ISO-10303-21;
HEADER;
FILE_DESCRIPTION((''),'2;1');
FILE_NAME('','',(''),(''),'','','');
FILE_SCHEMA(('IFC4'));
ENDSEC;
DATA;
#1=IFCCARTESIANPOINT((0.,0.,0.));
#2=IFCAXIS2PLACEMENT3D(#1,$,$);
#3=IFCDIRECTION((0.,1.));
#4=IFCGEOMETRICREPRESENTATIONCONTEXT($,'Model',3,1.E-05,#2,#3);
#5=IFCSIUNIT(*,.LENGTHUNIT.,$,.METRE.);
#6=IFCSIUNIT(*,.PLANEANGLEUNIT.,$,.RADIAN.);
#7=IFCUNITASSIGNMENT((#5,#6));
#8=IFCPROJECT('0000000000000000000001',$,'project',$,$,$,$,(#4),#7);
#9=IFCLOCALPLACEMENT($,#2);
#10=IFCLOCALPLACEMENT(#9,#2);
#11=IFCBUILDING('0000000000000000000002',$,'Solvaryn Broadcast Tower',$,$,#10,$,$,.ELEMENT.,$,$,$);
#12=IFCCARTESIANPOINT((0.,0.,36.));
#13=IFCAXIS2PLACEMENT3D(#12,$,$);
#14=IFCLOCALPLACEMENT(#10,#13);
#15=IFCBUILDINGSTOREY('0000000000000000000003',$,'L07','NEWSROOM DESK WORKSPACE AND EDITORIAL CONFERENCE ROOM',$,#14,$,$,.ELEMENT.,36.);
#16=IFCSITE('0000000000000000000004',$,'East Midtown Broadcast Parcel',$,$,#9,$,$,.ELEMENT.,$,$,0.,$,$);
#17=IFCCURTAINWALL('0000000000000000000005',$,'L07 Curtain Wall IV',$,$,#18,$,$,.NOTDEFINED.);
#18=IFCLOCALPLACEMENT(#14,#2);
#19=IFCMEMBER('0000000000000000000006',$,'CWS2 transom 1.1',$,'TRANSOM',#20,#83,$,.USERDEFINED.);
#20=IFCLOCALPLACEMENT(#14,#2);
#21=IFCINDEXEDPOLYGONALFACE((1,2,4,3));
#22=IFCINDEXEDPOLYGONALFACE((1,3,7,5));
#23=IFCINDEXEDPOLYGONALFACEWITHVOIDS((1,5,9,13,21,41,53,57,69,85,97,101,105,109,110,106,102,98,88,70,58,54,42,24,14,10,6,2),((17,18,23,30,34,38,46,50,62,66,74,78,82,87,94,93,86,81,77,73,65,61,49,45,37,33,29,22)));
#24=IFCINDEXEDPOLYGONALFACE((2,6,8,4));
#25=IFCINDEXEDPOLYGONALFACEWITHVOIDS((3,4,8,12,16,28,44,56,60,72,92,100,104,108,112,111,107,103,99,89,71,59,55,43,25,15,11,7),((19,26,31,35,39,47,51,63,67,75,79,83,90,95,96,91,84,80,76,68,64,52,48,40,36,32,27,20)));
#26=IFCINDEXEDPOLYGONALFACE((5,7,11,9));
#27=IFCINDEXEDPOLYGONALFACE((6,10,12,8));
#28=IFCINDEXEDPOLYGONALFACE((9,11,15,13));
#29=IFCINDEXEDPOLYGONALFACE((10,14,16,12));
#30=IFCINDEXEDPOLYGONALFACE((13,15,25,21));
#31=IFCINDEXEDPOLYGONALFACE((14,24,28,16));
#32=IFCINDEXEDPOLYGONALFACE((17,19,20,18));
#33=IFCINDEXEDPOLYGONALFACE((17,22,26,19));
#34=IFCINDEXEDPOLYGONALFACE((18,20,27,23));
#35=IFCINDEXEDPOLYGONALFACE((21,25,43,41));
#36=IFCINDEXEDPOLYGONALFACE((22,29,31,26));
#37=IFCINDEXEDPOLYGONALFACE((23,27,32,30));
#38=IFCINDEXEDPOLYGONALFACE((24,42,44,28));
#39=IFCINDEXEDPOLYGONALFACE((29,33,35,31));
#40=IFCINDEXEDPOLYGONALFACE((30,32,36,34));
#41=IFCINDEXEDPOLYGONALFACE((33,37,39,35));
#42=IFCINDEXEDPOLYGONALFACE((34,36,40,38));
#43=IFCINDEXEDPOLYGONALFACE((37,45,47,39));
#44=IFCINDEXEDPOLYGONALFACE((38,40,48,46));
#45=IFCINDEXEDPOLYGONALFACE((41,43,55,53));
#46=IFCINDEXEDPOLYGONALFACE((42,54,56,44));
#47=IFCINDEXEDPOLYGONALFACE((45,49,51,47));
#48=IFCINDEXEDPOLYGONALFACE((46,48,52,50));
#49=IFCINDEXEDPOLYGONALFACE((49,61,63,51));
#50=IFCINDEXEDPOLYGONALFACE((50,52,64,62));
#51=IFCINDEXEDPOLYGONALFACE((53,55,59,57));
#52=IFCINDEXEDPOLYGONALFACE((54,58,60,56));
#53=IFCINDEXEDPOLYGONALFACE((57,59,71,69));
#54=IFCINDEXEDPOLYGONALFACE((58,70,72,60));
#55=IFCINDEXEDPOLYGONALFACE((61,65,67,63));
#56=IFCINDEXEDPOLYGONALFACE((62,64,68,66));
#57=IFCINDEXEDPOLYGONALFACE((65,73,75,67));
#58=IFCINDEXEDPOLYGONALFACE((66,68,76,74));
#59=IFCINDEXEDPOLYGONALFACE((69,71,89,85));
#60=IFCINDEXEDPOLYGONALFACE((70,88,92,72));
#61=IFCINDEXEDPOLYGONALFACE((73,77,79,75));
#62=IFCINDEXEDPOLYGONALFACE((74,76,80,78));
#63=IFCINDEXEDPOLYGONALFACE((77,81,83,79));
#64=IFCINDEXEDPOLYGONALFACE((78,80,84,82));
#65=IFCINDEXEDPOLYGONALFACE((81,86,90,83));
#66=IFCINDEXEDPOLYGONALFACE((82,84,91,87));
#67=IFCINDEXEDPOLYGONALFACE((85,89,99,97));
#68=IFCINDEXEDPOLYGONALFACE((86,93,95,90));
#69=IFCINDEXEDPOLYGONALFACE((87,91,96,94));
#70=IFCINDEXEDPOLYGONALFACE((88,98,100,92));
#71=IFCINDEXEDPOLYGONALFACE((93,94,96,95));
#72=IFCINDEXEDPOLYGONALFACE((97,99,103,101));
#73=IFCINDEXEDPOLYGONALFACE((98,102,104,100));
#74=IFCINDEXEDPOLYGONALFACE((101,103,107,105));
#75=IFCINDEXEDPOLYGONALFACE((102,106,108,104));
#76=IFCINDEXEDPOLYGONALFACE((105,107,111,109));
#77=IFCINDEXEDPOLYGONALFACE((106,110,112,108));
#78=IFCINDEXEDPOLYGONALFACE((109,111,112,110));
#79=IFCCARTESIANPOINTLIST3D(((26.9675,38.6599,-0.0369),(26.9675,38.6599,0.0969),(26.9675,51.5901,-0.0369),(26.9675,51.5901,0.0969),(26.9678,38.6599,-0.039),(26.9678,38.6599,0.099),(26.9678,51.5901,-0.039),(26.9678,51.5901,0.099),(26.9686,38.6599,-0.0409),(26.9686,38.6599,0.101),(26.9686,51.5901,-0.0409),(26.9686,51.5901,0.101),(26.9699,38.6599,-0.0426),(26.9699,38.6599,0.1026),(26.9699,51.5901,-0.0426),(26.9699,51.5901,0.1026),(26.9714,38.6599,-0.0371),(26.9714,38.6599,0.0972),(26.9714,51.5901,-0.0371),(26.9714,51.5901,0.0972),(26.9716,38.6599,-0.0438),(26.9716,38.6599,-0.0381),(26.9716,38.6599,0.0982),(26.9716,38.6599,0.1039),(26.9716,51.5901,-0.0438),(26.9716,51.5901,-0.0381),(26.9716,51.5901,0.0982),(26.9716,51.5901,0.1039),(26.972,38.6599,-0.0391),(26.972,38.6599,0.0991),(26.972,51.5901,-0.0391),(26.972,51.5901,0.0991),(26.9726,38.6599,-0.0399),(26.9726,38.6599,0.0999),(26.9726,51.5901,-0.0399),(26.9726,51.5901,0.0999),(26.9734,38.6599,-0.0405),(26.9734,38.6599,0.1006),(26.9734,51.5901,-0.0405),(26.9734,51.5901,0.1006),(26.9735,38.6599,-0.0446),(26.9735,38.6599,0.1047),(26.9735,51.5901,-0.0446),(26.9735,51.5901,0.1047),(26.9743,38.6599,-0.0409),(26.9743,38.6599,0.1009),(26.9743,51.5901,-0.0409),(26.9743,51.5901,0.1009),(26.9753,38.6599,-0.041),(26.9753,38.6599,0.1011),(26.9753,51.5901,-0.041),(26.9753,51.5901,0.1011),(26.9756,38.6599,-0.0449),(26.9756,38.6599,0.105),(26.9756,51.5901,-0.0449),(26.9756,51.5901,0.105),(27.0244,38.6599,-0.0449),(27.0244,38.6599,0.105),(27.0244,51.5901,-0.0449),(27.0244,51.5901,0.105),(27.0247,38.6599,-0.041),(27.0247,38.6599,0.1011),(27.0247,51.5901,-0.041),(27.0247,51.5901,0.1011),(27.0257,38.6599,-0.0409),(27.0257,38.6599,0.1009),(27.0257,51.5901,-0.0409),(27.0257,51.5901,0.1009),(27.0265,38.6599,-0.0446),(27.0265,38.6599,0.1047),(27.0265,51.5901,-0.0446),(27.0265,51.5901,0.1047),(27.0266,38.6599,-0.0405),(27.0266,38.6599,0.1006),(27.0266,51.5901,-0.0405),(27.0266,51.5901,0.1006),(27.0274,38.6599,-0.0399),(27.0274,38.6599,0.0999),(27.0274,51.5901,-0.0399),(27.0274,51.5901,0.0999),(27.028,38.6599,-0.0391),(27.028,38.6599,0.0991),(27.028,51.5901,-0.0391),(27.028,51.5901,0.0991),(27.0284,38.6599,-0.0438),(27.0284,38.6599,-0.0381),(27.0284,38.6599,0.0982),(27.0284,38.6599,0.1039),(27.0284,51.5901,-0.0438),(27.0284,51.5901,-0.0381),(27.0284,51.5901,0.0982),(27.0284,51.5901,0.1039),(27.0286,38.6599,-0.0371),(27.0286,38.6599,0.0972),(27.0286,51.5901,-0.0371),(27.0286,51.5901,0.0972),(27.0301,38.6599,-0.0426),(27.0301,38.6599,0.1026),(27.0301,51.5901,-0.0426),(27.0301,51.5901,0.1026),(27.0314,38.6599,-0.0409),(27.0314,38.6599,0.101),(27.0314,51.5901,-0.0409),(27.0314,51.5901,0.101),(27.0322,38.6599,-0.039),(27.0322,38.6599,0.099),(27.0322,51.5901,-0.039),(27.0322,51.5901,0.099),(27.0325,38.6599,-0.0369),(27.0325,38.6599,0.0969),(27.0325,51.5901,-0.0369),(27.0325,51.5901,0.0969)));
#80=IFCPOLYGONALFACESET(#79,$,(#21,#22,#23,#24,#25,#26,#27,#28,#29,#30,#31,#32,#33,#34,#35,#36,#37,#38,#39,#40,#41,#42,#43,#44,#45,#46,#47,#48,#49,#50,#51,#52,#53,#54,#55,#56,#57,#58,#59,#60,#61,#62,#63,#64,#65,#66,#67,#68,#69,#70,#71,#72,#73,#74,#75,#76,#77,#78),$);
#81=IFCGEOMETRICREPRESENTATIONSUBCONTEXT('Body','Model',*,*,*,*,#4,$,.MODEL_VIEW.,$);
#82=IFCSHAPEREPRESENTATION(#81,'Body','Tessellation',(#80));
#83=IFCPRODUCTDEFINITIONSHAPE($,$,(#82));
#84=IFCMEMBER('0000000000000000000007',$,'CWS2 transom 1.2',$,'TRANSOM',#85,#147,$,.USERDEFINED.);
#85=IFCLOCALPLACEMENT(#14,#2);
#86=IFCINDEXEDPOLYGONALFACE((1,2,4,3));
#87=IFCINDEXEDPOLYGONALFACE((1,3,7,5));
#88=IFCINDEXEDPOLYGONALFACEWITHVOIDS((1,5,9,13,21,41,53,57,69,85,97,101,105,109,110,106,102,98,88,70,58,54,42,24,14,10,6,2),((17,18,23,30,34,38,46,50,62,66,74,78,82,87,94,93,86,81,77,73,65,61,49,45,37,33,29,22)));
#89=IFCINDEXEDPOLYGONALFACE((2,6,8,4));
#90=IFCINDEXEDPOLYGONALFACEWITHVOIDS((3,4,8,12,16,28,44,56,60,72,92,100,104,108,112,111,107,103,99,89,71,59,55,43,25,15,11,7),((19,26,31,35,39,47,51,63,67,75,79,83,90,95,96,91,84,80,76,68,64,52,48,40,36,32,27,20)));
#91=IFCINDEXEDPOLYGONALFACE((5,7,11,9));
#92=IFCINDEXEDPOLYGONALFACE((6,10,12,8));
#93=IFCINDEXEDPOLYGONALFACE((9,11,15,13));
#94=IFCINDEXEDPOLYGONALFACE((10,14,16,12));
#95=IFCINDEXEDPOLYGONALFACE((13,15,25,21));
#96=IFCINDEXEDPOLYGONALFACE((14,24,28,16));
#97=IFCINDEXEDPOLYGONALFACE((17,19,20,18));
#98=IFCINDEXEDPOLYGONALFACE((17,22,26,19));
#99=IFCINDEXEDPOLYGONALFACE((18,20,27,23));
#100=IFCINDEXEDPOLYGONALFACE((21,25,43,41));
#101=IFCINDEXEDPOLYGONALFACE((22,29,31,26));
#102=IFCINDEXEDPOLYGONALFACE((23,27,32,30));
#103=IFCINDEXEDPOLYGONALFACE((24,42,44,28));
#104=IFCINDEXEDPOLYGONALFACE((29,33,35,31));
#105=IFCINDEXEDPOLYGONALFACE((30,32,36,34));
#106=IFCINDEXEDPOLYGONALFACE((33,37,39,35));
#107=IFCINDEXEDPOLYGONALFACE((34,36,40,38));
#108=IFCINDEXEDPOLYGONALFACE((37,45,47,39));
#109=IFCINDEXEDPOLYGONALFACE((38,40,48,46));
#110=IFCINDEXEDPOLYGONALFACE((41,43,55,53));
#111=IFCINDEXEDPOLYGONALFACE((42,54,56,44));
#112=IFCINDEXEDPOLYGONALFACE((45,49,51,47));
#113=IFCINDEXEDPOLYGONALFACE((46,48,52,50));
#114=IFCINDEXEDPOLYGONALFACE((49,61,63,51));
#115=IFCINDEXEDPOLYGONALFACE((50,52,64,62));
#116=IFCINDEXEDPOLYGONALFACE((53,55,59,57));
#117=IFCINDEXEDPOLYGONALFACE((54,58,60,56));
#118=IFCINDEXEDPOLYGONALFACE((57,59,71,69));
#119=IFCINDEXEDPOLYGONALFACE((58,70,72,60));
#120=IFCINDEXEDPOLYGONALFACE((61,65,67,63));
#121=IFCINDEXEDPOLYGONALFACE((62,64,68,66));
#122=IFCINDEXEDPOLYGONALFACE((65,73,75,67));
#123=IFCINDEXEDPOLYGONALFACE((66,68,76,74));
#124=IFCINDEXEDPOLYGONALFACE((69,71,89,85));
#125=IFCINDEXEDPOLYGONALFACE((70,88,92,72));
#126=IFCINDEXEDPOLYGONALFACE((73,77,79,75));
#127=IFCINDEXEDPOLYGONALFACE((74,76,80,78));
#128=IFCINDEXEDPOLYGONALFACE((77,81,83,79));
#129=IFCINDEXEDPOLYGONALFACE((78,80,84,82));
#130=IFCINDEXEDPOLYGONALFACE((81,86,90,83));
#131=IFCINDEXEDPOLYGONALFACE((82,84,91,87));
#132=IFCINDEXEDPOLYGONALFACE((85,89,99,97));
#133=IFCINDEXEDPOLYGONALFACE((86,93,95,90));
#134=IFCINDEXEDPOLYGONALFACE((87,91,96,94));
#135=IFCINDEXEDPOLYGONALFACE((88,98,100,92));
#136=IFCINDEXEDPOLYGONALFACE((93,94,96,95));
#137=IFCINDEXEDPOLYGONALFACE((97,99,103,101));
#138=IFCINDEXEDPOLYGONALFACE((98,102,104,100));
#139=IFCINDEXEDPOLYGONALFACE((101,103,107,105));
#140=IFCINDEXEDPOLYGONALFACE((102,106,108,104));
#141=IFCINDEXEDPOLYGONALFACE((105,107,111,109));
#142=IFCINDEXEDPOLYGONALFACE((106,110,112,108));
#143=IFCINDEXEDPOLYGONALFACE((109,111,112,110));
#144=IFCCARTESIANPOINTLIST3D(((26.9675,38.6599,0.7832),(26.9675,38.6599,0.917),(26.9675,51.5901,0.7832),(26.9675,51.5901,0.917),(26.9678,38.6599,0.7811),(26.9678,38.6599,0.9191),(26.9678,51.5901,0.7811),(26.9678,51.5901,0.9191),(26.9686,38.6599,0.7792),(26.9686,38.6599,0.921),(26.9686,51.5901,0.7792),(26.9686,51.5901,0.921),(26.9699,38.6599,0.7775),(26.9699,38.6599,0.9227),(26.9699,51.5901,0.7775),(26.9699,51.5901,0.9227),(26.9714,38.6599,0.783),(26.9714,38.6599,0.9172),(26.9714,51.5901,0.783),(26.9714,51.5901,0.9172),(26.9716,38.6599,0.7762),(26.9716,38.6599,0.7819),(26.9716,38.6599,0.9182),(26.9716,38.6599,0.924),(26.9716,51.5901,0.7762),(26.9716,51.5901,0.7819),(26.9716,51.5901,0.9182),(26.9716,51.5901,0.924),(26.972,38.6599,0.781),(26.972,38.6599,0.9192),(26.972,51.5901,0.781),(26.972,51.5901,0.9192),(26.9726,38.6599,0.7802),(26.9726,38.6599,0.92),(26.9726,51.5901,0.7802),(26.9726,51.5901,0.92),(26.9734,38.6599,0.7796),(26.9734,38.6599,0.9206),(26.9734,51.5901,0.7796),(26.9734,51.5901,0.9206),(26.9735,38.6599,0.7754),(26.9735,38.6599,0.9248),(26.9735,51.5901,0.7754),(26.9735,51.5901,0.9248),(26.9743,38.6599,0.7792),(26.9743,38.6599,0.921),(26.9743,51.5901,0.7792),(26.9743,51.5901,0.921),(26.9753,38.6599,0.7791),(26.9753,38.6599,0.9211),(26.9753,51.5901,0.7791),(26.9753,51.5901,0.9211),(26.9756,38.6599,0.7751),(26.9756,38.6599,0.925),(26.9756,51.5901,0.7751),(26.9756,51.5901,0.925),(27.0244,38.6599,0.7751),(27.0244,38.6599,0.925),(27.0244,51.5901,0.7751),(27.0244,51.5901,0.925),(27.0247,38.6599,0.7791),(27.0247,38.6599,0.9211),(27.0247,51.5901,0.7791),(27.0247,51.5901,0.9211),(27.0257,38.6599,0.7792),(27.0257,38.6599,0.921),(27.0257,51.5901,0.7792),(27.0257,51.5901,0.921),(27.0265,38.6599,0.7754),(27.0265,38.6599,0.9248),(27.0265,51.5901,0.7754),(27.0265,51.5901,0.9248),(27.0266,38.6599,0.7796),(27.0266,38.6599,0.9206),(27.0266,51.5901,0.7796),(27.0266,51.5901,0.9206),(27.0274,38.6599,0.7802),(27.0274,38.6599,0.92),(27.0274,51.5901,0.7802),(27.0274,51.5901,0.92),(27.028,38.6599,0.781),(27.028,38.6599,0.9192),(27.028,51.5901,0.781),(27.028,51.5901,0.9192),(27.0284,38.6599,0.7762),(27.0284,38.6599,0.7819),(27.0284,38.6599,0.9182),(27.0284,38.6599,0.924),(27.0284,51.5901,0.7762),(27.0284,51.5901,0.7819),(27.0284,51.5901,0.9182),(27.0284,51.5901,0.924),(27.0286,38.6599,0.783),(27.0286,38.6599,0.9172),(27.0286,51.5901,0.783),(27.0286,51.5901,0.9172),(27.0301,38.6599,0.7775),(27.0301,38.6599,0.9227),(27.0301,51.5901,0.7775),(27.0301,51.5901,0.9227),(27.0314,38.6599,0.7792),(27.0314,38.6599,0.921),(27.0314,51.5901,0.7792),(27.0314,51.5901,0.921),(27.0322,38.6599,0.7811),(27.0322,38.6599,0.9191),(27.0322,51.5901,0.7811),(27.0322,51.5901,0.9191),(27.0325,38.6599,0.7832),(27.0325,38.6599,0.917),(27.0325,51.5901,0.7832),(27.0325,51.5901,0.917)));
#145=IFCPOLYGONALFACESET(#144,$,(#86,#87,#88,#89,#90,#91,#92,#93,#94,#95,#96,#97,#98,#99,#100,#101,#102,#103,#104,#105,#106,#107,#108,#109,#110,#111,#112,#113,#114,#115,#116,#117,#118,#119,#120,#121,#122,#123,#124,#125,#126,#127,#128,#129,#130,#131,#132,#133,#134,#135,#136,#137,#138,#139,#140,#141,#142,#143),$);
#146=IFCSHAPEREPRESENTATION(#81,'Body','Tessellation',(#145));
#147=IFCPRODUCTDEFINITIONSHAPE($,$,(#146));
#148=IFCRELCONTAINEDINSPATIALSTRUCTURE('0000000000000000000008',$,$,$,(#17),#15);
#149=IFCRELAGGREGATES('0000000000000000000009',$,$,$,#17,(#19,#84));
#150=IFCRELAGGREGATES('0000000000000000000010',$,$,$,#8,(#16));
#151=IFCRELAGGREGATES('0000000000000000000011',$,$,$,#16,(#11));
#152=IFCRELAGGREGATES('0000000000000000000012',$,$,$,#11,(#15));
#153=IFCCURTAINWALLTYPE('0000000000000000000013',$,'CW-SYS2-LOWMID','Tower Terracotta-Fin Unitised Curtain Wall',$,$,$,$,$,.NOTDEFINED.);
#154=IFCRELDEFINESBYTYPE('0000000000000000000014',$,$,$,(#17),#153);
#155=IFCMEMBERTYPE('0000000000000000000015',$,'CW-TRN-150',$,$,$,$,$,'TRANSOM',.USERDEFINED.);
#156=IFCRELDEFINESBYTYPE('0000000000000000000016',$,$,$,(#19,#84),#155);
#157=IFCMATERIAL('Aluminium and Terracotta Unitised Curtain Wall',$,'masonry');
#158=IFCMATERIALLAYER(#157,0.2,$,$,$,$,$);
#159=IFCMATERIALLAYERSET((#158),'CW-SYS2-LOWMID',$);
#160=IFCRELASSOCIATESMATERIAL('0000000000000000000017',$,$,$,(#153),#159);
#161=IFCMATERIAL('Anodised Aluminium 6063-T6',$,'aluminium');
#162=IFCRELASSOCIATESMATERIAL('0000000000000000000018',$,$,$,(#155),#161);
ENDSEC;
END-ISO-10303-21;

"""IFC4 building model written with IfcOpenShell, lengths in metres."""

from ifc_helpers import new_model, si_unit, direction, frame, origin, origin_2d, place, context, subcontext, project, spatial, hollow_rectangle, extrude, material, layer, layer_set, material_profile, profile_set, type_object, element, aggregate, save


model = new_model("IFC4")

# Units and contexts
model_context = context("Model", 3, precision=1e-05, world=origin(), true_north=direction((0.0, 1.0)))
body_context = subcontext(model_context, "Body", "Model", "MODEL_VIEW")
ifc_project = project(units=[si_unit("LENGTHUNIT", "METRE"), si_unit("PLANEANGLEUNIT", "RADIAN")], contexts=[model_context])

# Site, building, storey
site_placement = place(None, origin())
site = spatial("IfcSite", under=ifc_project, at=site_placement, Name="East Midtown Broadcast Parcel", CompositionType="ELEMENT", RefElevation=0.0)
building_placement = place(site_placement, origin())
building = spatial("IfcBuilding", under=site, at=building_placement, Name="Solvaryn Broadcast Tower", CompositionType="ELEMENT")
storey_placement = place(building_placement, frame((0.0, 0.0, 36.0)))
storey = spatial("IfcBuildingStorey", under=building, at=storey_placement, Name="L07", Description="NEWSROOM DESK WORKSPACE AND EDITORIAL CONFERENCE ROOM", CompositionType="ELEMENT", Elevation=36.0)

# Curtain wall
ifc_material_1 = material(Name="Aluminium and Terracotta Unitised Curtain Wall", Category="masonry")
ifc_layer_1 = layer(ifc_material_1, 0.2)
ifc_layer_set_1 = layer_set([ifc_layer_1], Name="CW-SYS2-LOWMID")
curtain_wall_type = type_object("IfcCurtainWallType", Name="CW-SYS2-LOWMID", Description="Tower Terracotta-Fin Unitised Curtain Wall", PredefinedType="NOTDEFINED", material=ifc_layer_set_1)
curtain_wall_1_placement = place(storey_placement, origin())
curtain_wall_1 = element("IfcCurtainWall", 1, at=curtain_wall_1_placement, inside=storey, type_object=curtain_wall_type, Name="L07 Curtain Wall IV", PredefinedType="NOTDEFINED")

# Members
ifc_material_2 = material(Name="Anodised Aluminium 6063-T6", Category="aluminium")
ifc_material_profile_1 = material_profile(ifc_material_2, hollow_rectangle(XDim=0.0649, YDim=0.1499, WallThickness=0.0039, InnerFilletRadius=0.0039, OuterFilletRadius=0.0081, at=origin_2d()))
ifc_profile_set_1 = profile_set([ifc_material_profile_1], Name="Anodised Aluminium 6063-T6")
member_type_1 = type_object("IfcMemberType", Name="CW-TRN-150", ElementType="TRANSOM", PredefinedType="USERDEFINED", material=ifc_profile_set_1)
member_1_placement = place(storey_placement, frame((27.0, 51.5901, 0.03), z_axis=(0.0, -1.0, 0.0), x_axis=(1.0, 0.0, 0.0)))
member_1 = element("IfcMember", 2, at=member_1_placement, type_object=member_type_1, Name="CWS2 transom 1.1", ObjectType="TRANSOM", PredefinedType="USERDEFINED", context=body_context, shape_type="SweptSolid", body=[
    extrude(hollow_rectangle(XDim=0.0649, YDim=0.1499, WallThickness=0.0039, InnerFilletRadius=0.0039, OuterFilletRadius=0.0081, at=origin_2d()), origin(), (0.0, 0.0, 1.0), 12.9302),
])
member_2_placement = place(storey_placement, frame((27.0, 51.5901, 0.8501), z_axis=(0.0, -1.0, 0.0), x_axis=(1.0, 0.0, 0.0)))
member_2 = element("IfcMember", 3, at=member_2_placement, type_object=member_type_1, Name="CWS2 transom 1.2", ObjectType="TRANSOM", PredefinedType="USERDEFINED", context=body_context, shape_type="SweptSolid", body=[
    extrude(hollow_rectangle(XDim=0.0649, YDim=0.1499, WallThickness=0.0039, InnerFilletRadius=0.0039, OuterFilletRadius=0.0081, at=origin_2d()), origin(), (0.0, 0.0, 1.0), 12.9302),
])

aggregate(curtain_wall_1, [member_1, member_2])

save(model, "model.ifc")
